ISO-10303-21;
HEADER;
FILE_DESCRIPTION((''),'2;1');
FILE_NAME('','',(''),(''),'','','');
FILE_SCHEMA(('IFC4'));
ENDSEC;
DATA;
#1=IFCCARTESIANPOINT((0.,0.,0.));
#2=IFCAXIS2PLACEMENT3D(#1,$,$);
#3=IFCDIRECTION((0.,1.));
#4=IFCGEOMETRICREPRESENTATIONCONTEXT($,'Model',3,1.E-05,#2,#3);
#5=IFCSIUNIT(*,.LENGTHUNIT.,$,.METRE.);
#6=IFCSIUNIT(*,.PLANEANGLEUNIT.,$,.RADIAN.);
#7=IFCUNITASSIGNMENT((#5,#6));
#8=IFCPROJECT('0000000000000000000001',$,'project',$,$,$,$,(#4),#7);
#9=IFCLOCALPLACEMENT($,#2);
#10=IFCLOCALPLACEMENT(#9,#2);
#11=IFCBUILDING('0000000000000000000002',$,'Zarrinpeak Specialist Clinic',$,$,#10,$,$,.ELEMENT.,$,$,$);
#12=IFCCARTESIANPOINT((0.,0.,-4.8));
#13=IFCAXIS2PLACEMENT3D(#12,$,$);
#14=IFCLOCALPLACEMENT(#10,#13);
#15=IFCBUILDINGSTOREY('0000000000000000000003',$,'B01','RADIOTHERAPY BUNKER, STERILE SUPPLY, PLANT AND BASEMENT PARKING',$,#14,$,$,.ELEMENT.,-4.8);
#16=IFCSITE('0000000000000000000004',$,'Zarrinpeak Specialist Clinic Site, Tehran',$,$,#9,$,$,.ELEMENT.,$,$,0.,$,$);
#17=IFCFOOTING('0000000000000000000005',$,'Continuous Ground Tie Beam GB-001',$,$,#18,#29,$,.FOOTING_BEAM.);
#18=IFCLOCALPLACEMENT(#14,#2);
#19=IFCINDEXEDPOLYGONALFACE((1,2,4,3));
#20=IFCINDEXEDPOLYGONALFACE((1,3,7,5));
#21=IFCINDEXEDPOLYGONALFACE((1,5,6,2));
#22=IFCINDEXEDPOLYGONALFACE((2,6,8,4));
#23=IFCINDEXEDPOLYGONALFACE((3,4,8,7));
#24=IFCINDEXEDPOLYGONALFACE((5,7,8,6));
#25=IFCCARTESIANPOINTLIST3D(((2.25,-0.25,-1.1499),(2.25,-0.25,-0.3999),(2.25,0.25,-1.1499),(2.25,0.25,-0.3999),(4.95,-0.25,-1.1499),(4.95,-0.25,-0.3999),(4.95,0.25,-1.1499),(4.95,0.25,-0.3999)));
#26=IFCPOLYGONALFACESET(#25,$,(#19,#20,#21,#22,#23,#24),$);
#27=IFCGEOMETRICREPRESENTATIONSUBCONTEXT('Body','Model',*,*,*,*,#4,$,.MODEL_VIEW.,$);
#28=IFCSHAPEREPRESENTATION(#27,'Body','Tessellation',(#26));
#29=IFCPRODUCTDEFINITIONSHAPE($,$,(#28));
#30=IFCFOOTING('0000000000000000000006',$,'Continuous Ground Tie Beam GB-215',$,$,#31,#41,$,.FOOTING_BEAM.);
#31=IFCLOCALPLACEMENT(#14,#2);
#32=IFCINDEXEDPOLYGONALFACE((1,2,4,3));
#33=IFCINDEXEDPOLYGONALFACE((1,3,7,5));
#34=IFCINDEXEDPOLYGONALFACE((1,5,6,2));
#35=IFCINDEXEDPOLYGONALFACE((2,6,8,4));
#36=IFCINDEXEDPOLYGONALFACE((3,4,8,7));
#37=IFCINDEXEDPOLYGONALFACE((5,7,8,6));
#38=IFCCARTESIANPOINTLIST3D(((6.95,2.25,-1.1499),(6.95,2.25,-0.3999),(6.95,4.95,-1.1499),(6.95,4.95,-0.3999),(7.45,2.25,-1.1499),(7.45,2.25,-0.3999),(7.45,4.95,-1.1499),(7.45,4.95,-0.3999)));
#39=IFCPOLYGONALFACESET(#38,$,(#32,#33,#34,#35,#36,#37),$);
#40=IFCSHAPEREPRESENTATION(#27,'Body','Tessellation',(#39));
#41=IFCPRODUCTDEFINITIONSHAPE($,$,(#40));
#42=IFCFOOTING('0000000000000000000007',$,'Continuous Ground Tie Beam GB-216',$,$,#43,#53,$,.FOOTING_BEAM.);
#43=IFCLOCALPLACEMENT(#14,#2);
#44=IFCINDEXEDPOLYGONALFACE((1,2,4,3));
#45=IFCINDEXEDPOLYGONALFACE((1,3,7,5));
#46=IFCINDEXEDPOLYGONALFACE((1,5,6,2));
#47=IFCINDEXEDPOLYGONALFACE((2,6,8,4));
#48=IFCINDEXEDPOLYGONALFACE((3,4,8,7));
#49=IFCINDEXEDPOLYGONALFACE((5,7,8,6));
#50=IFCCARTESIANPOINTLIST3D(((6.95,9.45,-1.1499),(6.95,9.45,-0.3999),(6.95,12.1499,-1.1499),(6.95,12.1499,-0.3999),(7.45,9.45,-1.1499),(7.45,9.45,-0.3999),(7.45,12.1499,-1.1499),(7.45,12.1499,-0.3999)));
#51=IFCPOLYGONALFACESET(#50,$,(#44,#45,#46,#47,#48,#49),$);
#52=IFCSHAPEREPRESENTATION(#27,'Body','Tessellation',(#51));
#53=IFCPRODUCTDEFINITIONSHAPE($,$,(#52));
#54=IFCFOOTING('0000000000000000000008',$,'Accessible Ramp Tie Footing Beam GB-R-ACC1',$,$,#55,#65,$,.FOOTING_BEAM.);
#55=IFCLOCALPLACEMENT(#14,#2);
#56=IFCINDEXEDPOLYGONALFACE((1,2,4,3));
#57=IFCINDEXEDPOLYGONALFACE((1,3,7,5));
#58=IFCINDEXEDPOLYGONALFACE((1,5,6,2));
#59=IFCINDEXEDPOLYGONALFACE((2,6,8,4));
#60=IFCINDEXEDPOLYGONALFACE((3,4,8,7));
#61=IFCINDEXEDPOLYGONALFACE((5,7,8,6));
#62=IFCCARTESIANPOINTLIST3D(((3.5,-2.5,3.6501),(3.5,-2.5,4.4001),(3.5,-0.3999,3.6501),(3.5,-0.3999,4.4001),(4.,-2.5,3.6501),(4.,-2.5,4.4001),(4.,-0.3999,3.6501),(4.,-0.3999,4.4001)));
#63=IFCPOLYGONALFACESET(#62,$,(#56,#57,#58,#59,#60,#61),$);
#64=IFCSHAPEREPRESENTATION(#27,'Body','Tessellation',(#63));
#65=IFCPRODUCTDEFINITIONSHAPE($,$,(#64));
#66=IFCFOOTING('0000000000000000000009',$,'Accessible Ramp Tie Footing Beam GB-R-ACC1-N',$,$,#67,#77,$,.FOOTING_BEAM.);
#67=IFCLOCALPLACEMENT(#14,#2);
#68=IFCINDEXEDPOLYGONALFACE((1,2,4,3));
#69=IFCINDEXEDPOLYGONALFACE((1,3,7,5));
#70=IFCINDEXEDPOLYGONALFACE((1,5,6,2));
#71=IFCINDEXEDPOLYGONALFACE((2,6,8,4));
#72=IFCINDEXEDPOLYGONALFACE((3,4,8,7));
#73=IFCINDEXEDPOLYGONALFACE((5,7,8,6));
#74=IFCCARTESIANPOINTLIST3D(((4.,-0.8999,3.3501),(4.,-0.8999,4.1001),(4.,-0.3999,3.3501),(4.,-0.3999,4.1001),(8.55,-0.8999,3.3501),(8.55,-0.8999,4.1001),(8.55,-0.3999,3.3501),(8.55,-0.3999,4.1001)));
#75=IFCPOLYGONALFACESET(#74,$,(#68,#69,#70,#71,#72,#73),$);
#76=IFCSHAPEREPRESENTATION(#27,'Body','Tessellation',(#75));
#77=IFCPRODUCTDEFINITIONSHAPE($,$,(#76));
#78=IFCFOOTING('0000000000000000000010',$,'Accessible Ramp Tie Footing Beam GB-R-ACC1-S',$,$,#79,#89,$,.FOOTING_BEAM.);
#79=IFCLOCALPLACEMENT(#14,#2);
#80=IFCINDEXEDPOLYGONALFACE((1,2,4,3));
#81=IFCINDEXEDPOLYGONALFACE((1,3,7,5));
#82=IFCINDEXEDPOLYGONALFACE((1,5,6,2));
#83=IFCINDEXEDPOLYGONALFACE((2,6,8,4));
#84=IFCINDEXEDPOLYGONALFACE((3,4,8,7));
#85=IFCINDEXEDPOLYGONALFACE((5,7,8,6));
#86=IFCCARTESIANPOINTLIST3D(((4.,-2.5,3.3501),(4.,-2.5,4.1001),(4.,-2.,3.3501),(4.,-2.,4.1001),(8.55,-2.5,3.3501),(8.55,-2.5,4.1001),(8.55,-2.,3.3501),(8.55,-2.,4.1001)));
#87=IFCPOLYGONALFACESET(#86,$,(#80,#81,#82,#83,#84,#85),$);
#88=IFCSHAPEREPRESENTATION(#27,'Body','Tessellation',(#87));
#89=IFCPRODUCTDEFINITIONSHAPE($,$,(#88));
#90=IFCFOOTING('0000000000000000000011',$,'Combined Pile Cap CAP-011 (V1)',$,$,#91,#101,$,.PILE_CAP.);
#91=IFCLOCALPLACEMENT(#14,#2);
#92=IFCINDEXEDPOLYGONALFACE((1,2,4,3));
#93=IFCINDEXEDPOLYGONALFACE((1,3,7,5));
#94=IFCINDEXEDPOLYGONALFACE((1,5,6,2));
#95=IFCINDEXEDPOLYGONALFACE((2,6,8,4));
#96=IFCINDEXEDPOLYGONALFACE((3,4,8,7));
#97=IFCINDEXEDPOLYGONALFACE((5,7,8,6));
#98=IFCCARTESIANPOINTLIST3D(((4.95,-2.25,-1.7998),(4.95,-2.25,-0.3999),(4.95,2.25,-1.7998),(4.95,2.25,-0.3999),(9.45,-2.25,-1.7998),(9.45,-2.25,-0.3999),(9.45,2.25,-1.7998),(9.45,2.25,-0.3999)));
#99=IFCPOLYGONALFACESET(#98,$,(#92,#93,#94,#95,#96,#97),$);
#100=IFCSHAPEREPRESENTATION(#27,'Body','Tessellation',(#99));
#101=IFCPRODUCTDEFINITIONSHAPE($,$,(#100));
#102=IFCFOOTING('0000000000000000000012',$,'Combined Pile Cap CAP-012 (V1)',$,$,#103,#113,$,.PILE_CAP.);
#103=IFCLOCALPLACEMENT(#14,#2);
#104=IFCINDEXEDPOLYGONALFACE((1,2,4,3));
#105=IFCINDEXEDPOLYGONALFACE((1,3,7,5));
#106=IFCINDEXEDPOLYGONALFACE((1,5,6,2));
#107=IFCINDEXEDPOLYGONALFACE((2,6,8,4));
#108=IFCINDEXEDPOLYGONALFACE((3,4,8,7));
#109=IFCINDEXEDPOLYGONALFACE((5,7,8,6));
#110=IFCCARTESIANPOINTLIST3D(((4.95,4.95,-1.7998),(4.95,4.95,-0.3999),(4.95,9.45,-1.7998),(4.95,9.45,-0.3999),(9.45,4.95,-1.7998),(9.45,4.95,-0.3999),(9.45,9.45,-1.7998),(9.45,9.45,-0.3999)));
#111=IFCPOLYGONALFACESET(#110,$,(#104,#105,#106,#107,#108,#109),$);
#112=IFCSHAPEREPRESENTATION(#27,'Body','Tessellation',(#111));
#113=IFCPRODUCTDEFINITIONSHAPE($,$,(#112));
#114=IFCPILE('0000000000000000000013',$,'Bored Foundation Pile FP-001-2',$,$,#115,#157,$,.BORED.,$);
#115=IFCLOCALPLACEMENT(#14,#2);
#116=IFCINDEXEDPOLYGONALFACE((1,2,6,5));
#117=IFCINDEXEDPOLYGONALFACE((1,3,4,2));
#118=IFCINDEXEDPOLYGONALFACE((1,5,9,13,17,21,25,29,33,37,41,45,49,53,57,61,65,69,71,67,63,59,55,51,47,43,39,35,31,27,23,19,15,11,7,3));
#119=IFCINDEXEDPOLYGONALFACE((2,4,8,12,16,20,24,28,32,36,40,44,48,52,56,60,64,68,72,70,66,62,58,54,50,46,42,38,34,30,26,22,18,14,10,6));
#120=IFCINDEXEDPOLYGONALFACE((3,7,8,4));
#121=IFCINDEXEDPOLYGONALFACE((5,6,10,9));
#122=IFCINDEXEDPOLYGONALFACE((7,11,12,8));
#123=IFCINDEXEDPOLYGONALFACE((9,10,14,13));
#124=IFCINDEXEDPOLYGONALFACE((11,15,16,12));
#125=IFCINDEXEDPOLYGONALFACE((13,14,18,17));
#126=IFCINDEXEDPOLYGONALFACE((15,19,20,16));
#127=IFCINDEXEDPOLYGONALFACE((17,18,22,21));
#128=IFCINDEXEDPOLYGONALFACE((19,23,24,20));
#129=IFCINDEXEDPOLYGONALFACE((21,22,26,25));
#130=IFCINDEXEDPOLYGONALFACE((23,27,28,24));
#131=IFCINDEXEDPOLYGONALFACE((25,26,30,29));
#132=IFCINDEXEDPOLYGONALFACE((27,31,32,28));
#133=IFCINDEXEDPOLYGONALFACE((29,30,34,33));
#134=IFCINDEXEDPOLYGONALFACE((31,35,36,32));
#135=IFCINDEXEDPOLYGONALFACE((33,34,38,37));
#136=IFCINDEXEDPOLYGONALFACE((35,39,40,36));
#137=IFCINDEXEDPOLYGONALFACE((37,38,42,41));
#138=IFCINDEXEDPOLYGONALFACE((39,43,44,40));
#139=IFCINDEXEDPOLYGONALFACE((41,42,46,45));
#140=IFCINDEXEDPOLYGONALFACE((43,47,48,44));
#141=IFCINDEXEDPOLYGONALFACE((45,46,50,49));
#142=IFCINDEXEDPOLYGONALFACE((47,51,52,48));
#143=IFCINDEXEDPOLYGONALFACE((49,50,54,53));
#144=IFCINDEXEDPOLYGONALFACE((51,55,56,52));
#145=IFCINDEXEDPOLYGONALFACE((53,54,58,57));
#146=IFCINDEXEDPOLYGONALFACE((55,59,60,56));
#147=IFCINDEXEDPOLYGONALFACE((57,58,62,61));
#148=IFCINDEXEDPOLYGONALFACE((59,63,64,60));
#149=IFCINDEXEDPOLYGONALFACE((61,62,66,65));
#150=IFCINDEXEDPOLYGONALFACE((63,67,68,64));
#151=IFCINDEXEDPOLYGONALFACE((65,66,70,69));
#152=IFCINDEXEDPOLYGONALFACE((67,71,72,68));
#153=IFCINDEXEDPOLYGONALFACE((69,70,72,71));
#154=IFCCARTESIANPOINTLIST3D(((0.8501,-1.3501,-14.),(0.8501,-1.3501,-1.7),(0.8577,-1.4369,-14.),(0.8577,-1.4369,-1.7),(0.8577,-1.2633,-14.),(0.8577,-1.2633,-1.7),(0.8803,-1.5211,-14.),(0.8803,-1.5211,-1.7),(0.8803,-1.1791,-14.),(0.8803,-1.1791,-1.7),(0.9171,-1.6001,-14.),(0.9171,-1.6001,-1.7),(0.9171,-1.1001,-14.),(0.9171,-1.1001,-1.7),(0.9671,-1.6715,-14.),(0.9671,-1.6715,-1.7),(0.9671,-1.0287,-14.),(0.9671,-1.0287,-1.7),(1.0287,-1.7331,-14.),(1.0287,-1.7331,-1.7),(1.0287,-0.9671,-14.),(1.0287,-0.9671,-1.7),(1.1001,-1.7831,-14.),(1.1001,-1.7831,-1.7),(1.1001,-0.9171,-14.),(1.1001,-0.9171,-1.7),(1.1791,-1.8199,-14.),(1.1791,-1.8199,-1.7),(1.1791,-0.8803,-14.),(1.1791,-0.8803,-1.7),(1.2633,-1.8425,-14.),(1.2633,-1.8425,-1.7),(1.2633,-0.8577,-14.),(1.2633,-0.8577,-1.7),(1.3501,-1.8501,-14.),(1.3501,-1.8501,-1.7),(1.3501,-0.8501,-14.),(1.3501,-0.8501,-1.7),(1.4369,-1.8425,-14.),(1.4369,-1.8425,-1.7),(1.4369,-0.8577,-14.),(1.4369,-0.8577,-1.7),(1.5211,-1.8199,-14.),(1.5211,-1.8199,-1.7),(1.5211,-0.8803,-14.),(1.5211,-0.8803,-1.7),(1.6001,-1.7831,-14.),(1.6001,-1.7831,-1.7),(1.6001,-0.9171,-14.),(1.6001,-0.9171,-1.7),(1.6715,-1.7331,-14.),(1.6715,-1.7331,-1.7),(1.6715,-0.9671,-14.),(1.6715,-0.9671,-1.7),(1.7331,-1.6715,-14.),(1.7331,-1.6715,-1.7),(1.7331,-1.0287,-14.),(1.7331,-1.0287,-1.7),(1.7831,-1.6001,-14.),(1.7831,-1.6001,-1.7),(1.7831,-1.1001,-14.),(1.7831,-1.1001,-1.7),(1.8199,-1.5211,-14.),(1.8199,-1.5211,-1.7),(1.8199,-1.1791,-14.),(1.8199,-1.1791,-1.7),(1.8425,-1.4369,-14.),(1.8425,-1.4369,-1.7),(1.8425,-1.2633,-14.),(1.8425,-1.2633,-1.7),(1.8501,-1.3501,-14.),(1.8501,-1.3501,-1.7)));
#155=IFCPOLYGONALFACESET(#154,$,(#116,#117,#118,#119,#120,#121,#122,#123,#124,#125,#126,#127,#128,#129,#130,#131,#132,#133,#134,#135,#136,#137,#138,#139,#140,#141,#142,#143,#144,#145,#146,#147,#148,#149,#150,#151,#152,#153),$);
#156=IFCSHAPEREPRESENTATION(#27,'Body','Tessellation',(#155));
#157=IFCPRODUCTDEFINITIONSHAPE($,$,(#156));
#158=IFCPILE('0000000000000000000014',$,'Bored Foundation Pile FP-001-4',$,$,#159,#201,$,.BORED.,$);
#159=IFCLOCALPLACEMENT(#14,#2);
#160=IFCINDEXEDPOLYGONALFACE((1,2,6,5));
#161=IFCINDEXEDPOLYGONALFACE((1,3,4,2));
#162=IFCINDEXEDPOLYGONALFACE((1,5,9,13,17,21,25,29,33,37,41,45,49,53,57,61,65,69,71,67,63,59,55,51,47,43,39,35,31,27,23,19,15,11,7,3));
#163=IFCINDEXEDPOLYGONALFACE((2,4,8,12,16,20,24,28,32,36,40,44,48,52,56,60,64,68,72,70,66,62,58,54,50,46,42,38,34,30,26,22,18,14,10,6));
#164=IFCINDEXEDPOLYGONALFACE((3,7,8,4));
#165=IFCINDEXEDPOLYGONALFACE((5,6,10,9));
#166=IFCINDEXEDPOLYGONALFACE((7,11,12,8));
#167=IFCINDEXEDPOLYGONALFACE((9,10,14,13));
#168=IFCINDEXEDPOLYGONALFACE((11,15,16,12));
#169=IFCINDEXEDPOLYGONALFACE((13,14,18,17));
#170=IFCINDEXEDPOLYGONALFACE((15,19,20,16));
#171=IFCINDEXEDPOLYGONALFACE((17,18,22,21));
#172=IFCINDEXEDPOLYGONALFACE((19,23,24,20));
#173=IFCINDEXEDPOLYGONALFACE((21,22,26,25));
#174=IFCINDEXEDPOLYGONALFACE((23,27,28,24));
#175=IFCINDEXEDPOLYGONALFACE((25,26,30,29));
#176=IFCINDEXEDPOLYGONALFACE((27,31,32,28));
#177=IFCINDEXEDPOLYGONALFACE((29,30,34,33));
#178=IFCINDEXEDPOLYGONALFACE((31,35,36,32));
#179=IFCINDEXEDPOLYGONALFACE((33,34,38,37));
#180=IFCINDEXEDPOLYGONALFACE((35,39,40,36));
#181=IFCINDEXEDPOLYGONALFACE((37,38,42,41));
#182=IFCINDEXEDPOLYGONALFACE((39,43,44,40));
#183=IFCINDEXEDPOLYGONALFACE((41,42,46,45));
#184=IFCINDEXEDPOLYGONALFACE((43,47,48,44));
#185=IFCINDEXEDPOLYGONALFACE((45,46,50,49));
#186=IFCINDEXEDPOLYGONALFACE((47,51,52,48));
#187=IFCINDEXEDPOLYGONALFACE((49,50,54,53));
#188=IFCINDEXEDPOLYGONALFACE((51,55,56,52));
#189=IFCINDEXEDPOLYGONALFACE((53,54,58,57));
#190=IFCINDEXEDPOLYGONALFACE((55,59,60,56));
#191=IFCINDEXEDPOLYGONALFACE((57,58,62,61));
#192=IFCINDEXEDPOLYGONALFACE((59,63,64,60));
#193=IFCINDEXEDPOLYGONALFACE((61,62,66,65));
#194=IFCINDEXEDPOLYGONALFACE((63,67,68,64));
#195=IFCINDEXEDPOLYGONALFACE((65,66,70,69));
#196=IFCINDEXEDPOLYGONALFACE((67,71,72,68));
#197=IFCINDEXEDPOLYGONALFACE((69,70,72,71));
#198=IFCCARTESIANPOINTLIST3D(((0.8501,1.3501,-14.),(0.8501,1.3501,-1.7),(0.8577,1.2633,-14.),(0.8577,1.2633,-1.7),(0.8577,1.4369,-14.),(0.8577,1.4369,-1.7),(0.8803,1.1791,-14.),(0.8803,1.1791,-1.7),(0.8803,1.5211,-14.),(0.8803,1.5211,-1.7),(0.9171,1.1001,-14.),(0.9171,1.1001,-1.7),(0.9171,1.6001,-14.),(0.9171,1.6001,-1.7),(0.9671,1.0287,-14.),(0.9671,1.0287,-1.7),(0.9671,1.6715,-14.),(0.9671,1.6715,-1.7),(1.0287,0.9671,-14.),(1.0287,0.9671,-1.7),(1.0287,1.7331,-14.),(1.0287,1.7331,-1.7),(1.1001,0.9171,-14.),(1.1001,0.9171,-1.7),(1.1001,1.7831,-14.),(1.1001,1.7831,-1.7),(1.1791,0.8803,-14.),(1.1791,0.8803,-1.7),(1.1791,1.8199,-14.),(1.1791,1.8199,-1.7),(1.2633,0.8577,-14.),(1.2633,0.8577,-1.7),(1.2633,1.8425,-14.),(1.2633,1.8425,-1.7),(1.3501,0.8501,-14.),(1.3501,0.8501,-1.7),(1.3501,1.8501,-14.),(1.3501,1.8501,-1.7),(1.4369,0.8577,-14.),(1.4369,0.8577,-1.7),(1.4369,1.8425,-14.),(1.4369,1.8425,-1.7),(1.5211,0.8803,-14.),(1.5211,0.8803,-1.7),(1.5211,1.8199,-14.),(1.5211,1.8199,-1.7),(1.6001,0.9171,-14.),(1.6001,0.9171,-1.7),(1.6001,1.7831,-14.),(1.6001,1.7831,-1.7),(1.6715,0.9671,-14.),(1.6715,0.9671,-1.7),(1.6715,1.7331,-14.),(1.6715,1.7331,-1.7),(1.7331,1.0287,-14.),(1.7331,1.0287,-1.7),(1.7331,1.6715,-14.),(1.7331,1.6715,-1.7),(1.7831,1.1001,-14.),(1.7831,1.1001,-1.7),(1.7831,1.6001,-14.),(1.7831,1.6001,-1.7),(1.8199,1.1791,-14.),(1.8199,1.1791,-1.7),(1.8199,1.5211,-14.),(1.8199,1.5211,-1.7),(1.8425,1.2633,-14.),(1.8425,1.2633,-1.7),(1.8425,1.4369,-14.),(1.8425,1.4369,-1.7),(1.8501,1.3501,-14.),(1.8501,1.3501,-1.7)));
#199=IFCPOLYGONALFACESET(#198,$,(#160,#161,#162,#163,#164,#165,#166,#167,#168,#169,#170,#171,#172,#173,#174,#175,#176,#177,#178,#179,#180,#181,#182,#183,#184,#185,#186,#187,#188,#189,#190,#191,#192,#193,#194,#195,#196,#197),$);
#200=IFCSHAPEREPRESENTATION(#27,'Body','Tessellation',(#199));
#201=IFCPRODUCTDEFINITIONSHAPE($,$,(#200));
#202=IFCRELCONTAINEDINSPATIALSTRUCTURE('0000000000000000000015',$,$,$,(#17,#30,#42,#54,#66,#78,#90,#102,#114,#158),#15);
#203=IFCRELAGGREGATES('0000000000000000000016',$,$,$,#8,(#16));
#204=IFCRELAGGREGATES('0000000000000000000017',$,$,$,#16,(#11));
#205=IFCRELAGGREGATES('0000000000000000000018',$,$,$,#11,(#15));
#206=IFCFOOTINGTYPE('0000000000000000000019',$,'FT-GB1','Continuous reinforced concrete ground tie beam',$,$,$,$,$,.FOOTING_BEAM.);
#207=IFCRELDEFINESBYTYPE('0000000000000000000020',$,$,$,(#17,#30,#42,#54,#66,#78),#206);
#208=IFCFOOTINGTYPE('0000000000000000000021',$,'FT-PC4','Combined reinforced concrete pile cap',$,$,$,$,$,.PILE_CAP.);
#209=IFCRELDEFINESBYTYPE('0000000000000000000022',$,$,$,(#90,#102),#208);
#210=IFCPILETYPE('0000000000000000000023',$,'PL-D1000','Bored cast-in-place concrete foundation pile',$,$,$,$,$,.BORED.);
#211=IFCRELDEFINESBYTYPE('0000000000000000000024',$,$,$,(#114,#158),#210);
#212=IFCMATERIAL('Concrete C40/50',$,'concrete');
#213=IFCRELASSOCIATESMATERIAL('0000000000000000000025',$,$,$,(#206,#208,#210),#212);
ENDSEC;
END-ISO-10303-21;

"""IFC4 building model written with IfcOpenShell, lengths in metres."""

from ifc_helpers import new_model, si_unit, direction, frame, origin, origin_2d, place, context, subcontext, project, spatial, rectangle, circle, extrude, material, material_profile, profile_set, type_object, element, save


model = new_model("IFC4")

# Units and contexts
model_context = context("Model", 3, precision=1e-05, world=origin(), true_north=direction((0.0, 1.0)))
body_context = subcontext(model_context, "Body", "Model", "MODEL_VIEW")
ifc_project = project(units=[si_unit("LENGTHUNIT", "METRE"), si_unit("PLANEANGLEUNIT", "RADIAN")], contexts=[model_context])

# Site, building, storey
site_placement = place(None, origin())
site = spatial("IfcSite", under=ifc_project, at=site_placement, Name="Zarrinpeak Specialist Clinic Site, Tehran", CompositionType="ELEMENT", RefElevation=0.0)
building_placement = place(site_placement, origin())
building = spatial("IfcBuilding", under=site, at=building_placement, Name="Zarrinpeak Specialist Clinic", CompositionType="ELEMENT")
storey_placement = place(building_placement, frame((0.0, 0.0, -4.8)))
storey = spatial("IfcBuildingStorey", under=building, at=storey_placement, Name="B01", Description="RADIOTHERAPY BUNKER, STERILE SUPPLY, PLANT AND BASEMENT PARKING", CompositionType="ELEMENT", Elevation=-4.8)

# Footings
ifc_material_1 = material(Name="Concrete C40/50", Category="concrete")
ifc_material_profile_1 = material_profile(ifc_material_1, rectangle(XDim=0.5, YDim=0.75, at=origin_2d()), Name="RC 500x750")
ifc_profile_set_1 = profile_set([ifc_material_profile_1], Name="Concrete C40/50")
footing_type_1 = type_object("IfcFootingType", Name="FT-GB1", Description="Continuous reinforced concrete ground tie beam", PredefinedType="FOOTING_BEAM", material=ifc_profile_set_1)
for number, where, z_axis, x_axis, name in (
    (1, (2.25, 0.0, -0.7749), (1.0, 0.0, 0.0), (0.0, 1.0, 0.0), "Continuous Ground Tie Beam GB-001"),
    (2, (7.2, 2.25, -0.7749), (0.0, 1.0, 0.0), (-1.0, 0.0, 0.0), "Continuous Ground Tie Beam GB-215"),
    (3, (7.2, 9.45, -0.7749), (0.0, 1.0, 0.0), (-1.0, 0.0, 0.0), "Continuous Ground Tie Beam GB-216"),
):
    element("IfcFooting", number, at=place(storey_placement, frame(where, z_axis=z_axis, x_axis=x_axis)), inside=storey, type_object=footing_type_1, Name=name, PredefinedType="FOOTING_BEAM", context=body_context, shape_type="SweptSolid", body=[
        extrude(rectangle(XDim=0.5, YDim=0.75, at=origin_2d()), origin(), (0.0, 0.0, 1.0), 2.7),
    ])
footing_placement = place(storey_placement, frame((3.75, -2.5, 4.0251), z_axis=(0.0, 1.0, 0.0), x_axis=(-1.0, 0.0, 0.0)))
element("IfcFooting", 4, at=footing_placement, inside=storey, type_object=footing_type_1, Name="Accessible Ramp Tie Footing Beam GB-R-ACC1", PredefinedType="FOOTING_BEAM", context=body_context, shape_type="SweptSolid", body=[
    extrude(rectangle(XDim=0.5, YDim=0.75, at=origin_2d()), origin(), (0.0, 0.0, 1.0), 2.1001),
])
for number, where, z_axis, x_axis, name in (
    (5, (4.0, -0.6499, 3.7251), (1.0, 0.0, 0.0), (0.0, 1.0, 0.0), "Accessible Ramp Tie Footing Beam GB-R-ACC1-N"),
    (6, (4.0, -2.25, 3.7251), (1.0, 0.0, 0.0), (0.0, 1.0, 0.0), "Accessible Ramp Tie Footing Beam GB-R-ACC1-S"),
):
    element("IfcFooting", number, at=place(storey_placement, frame(where, z_axis=z_axis, x_axis=x_axis)), inside=storey, type_object=footing_type_1, Name=name, PredefinedType="FOOTING_BEAM", context=body_context, shape_type="SweptSolid", body=[
        extrude(rectangle(XDim=0.5, YDim=0.75, at=origin_2d()), origin(), (0.0, 0.0, 1.0), 4.55),
    ])
footing_type_2 = type_object("IfcFootingType", Name="FT-PC4", Description="Combined reinforced concrete pile cap", PredefinedType="PILE_CAP", material=ifc_material_1)
for number, where, z_axis, x_axis, name in (
    (7, (7.2, 0.0, -1.7998), (0.0, 0.0, 1.0), (1.0, 0.0, 0.0), "Combined Pile Cap CAP-011 (V1)"),
    (8, (7.2, 7.2, -1.7998), (0.0, 0.0, 1.0), (1.0, 0.0, 0.0), "Combined Pile Cap CAP-012 (V1)"),
):
    element("IfcFooting", number, at=place(storey_placement, frame(where, z_axis=z_axis, x_axis=x_axis)), inside=storey, type_object=footing_type_2, Name=name, PredefinedType="PILE_CAP", context=body_context, shape_type="SweptSolid", body=[
        extrude(rectangle(XDim=4.5, YDim=4.5, at=origin_2d()), origin(), (0.0, 0.0, 1.0), 1.3999),
    ])

# Piles
ifc_material_profile_2 = material_profile(ifc_material_1, circle(Radius=0.5, at=origin_2d()), Name="BORED PILE D1000")
ifc_profile_set_2 = profile_set([ifc_material_profile_2], Name="Concrete C40/50")
pile_type = type_object("IfcPileType", Name="PL-D1000", Description="Bored cast-in-place concrete foundation pile", PredefinedType="BORED", material=ifc_profile_set_2)
for number, where, z_axis, x_axis, name in (
    (9, (1.3501, -1.3501, -1.7), (0.0, 0.0, -1.0), (1.0, 0.0, 0.0), "Bored Foundation Pile FP-001-2"),
    (10, (1.3501, 1.3501, -1.7), (0.0, 0.0, -1.0), (1.0, 0.0, 0.0), "Bored Foundation Pile FP-001-4"),
):
    element("IfcPile", number, at=place(storey_placement, frame(where, z_axis=z_axis, x_axis=x_axis)), inside=storey, type_object=pile_type, Name=name, PredefinedType="BORED", context=body_context, shape_type="SweptSolid", body=[
        extrude(circle(Radius=0.5, at=origin_2d()), origin(), (0.0, 0.0, 1.0), 12.3),
    ])

save(model, "model.ifc")
